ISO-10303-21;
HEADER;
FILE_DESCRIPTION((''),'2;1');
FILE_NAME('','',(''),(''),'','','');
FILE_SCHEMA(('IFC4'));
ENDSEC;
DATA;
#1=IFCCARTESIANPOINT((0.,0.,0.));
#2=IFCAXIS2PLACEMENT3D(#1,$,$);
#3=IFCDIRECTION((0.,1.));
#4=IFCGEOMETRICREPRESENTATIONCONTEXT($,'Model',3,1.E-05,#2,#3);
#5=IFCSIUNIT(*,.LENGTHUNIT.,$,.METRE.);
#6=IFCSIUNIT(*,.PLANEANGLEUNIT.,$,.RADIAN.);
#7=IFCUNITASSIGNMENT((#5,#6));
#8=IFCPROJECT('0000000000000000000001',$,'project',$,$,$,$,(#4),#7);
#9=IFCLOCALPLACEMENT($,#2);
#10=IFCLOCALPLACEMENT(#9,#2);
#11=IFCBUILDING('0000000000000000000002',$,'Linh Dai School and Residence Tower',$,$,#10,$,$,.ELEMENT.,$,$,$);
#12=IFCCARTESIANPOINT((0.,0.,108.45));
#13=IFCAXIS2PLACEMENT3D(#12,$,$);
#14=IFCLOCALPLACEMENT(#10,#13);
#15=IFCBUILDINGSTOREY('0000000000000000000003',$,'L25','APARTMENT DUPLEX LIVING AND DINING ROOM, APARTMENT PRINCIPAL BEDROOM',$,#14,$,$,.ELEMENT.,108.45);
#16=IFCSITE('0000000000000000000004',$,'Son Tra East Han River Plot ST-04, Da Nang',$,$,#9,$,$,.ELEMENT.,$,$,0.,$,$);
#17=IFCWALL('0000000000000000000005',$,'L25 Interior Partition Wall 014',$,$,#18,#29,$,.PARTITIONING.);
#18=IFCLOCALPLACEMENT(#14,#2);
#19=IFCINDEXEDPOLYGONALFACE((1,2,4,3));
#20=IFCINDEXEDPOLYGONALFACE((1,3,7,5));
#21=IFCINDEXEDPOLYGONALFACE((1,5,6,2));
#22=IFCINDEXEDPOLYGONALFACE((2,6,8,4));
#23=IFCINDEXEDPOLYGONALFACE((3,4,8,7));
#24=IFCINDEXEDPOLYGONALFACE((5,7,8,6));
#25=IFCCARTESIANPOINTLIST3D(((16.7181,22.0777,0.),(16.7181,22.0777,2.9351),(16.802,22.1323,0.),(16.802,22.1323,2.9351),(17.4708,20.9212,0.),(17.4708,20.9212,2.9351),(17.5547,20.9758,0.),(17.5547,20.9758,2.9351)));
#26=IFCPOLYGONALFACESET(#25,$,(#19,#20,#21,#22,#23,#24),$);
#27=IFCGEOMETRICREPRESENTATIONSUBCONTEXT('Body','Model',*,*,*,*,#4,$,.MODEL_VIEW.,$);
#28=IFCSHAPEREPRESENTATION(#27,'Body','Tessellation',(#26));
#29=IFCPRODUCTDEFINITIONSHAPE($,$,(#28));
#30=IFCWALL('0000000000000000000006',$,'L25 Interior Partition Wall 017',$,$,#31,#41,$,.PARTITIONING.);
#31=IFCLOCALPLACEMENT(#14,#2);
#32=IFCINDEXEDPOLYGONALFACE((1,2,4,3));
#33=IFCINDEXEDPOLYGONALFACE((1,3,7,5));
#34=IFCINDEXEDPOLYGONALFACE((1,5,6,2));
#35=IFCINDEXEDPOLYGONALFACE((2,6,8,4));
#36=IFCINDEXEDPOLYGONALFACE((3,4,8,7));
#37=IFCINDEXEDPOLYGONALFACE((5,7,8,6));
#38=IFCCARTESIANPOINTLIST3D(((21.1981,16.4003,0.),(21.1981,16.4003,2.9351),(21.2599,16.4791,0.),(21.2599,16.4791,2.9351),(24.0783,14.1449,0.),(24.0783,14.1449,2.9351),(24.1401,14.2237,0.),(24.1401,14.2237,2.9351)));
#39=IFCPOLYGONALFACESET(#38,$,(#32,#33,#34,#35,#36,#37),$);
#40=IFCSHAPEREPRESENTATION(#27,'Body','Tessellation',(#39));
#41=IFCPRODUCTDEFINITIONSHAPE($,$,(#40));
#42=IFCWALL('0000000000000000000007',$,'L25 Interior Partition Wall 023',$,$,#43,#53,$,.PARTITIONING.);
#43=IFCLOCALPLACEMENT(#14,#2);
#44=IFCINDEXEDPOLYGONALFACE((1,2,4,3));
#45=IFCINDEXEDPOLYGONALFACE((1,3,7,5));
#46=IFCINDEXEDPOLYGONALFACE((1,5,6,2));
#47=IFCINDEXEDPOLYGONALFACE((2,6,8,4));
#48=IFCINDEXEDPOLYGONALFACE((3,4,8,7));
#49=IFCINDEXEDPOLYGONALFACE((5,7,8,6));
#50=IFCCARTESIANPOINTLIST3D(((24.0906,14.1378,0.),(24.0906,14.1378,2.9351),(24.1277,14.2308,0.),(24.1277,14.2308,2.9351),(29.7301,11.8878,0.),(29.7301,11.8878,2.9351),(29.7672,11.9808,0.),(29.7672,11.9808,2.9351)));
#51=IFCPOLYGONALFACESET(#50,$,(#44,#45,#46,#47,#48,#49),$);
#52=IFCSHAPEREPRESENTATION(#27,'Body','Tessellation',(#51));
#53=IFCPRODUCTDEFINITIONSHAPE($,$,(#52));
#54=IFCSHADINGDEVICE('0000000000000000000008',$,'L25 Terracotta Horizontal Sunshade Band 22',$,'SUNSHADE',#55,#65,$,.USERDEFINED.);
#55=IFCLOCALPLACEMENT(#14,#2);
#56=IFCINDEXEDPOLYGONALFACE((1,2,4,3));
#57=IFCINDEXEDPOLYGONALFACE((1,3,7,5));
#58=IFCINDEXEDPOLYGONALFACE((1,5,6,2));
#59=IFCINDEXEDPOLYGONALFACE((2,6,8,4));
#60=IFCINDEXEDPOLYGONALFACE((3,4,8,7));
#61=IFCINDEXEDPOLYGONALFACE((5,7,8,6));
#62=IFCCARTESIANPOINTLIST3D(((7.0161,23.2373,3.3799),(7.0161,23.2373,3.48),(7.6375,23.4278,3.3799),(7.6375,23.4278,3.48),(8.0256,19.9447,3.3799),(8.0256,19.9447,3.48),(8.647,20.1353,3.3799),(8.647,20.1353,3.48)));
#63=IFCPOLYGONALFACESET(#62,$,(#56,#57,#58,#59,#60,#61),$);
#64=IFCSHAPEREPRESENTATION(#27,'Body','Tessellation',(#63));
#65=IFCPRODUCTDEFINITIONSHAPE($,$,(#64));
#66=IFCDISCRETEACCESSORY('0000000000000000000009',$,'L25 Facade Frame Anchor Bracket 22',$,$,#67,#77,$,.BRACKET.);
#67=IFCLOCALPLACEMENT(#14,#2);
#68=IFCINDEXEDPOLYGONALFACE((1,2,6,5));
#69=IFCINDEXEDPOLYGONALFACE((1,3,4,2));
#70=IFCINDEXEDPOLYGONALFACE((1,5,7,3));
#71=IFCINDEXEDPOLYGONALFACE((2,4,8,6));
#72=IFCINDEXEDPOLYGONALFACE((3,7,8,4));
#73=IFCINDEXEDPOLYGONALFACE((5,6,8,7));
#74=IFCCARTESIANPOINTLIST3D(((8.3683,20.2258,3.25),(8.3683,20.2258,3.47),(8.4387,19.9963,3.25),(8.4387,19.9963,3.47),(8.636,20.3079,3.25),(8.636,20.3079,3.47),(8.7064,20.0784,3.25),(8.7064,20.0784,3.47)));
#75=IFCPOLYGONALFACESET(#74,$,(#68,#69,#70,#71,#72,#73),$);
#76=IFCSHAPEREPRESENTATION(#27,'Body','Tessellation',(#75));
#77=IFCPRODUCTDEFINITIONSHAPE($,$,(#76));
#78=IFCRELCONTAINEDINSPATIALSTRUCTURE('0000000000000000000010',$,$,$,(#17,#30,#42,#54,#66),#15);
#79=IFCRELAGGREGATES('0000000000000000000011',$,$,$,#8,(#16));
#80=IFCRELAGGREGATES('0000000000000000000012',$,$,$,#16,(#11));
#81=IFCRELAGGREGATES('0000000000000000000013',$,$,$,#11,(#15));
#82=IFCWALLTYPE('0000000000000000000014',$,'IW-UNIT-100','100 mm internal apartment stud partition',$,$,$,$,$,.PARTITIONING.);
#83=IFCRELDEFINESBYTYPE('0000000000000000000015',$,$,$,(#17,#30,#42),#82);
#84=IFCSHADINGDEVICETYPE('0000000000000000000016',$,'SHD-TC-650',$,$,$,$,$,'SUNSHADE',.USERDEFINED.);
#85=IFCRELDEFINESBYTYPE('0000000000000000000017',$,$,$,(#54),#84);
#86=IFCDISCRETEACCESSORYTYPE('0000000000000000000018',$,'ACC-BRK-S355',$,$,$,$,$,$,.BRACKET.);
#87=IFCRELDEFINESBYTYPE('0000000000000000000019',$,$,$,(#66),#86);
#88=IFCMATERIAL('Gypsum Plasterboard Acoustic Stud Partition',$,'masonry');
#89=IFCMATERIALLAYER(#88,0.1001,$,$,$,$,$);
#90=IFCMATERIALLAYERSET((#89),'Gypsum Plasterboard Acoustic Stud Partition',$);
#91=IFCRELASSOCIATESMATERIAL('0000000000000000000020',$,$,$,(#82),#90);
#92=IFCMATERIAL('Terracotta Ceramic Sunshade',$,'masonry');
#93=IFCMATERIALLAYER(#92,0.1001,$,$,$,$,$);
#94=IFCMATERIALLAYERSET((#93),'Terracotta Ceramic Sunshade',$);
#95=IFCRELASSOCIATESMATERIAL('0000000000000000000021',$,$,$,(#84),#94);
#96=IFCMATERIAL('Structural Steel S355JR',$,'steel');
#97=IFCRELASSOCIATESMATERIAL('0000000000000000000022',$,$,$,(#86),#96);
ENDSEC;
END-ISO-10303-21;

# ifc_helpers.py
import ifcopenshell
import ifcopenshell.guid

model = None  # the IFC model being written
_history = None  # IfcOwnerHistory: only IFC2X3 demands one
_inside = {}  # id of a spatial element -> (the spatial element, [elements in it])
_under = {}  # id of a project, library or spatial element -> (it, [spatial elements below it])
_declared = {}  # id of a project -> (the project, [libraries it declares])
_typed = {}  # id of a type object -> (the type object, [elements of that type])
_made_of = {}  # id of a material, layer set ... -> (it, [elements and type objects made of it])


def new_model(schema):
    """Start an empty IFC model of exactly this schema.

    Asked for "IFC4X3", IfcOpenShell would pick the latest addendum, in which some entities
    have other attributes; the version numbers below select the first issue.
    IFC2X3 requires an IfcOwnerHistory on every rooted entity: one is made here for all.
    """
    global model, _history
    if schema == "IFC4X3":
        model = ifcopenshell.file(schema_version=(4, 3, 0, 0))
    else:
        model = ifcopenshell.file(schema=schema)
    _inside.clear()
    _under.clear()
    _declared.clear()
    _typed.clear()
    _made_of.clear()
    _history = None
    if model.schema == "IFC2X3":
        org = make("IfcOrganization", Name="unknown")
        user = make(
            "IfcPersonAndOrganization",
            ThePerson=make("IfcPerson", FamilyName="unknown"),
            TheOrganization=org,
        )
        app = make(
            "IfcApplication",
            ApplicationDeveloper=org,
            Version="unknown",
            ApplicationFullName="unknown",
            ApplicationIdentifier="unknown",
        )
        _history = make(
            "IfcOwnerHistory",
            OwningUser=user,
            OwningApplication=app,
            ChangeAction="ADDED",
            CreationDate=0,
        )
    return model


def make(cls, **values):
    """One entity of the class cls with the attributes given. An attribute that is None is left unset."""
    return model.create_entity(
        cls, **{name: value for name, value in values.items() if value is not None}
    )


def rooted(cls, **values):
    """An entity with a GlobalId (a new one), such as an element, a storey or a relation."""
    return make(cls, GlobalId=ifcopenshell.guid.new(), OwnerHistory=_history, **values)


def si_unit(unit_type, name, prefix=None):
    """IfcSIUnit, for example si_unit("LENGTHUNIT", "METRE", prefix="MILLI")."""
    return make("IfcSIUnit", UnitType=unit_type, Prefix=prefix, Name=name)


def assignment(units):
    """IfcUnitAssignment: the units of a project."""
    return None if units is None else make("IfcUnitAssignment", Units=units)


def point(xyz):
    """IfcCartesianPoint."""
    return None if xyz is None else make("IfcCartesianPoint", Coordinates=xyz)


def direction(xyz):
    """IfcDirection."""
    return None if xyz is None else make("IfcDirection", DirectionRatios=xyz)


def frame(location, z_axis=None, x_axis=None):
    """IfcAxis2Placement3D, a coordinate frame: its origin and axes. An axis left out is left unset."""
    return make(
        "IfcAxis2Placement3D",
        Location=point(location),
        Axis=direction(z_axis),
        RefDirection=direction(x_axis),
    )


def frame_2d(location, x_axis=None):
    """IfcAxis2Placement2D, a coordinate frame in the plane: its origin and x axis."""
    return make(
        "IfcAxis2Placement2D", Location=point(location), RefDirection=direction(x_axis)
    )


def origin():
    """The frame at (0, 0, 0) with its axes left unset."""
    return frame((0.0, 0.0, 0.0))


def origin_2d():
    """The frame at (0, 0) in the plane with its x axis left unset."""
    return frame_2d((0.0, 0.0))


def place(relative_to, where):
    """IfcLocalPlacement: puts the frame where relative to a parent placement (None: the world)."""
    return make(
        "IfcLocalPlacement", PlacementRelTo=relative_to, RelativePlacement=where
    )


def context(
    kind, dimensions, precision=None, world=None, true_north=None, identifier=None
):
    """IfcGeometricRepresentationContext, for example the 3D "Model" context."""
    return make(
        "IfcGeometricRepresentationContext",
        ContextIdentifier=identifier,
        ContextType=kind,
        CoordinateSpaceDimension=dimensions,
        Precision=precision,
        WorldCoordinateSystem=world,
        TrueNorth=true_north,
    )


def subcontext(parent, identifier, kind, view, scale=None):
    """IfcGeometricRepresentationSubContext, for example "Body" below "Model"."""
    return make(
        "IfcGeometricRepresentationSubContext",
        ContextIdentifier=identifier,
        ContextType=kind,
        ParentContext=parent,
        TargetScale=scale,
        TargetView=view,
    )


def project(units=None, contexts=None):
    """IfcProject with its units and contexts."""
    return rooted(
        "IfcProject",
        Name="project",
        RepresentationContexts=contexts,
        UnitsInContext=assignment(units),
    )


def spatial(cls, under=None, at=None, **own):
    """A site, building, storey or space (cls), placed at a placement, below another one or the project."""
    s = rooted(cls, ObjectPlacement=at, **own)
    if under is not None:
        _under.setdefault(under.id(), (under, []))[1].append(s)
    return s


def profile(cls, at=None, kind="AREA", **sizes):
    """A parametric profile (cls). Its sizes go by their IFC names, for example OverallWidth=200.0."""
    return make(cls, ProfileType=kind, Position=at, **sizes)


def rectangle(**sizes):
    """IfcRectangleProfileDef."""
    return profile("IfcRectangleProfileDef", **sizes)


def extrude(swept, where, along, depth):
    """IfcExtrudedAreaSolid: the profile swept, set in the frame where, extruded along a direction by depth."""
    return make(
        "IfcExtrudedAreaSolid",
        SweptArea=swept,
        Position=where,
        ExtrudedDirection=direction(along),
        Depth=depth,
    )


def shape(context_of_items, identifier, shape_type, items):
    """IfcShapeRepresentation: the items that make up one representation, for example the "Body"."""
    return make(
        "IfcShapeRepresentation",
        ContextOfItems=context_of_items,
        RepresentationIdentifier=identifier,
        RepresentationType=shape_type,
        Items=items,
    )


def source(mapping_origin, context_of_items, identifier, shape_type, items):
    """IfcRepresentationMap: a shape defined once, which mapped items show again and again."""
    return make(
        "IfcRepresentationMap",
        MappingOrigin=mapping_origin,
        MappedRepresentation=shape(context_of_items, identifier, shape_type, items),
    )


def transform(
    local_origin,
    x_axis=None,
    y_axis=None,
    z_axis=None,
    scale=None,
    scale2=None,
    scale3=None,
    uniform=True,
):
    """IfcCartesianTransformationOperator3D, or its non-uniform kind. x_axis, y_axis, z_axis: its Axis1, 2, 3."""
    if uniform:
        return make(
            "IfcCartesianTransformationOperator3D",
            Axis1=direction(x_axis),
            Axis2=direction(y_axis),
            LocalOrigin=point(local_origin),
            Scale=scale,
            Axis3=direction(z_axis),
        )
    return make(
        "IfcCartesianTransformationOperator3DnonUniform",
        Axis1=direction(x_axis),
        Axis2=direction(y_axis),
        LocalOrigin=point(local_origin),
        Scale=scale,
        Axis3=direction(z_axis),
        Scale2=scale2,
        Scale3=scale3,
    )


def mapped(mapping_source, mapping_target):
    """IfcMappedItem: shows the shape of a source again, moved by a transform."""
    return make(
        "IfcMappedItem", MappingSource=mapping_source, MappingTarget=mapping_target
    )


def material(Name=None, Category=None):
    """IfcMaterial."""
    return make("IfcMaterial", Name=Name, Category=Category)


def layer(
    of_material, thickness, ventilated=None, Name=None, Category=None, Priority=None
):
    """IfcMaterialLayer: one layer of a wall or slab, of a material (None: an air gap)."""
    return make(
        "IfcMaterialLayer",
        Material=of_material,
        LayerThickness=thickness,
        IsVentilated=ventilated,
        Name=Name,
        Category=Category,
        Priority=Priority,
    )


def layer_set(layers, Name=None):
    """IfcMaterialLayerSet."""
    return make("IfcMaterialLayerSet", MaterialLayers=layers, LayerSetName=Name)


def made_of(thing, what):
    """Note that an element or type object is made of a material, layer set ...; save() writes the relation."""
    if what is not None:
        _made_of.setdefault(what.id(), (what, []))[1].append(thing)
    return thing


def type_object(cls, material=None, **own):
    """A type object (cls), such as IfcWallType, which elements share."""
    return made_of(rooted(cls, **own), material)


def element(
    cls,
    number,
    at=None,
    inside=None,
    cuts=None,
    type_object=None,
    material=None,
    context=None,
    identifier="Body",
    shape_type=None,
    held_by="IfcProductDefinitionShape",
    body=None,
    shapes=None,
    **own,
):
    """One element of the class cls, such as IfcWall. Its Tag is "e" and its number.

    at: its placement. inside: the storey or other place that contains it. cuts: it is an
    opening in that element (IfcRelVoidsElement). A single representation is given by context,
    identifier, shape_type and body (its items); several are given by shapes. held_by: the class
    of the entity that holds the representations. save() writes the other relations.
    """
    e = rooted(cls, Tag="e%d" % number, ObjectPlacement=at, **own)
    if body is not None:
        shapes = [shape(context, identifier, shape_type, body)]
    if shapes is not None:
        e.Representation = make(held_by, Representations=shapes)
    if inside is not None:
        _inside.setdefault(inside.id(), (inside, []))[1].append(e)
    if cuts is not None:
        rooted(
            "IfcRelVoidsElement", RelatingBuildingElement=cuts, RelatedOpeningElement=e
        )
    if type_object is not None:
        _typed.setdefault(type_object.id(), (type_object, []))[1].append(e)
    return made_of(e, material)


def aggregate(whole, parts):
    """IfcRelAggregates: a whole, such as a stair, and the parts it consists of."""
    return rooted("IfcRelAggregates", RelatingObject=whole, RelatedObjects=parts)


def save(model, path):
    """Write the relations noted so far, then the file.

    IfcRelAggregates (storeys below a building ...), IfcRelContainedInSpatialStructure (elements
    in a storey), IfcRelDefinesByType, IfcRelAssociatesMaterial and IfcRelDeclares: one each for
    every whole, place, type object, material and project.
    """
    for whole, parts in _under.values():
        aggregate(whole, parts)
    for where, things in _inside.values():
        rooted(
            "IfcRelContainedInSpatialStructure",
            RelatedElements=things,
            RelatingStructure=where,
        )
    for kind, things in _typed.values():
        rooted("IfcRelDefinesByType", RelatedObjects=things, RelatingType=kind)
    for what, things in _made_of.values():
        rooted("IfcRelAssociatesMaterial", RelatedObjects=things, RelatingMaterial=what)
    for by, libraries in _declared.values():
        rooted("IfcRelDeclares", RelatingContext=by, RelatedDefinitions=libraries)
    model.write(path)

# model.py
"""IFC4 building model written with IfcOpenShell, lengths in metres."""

from ifc_helpers import new_model, si_unit, direction, frame, frame_2d, origin, origin_2d, place, context, subcontext, project, spatial, rectangle, extrude, source, transform, mapped, material, layer, layer_set, type_object, element, save


model = new_model("IFC4")

# Units and contexts
model_context = context("Model", 3, precision=1e-05, world=origin(), true_north=direction((0.0, 1.0)))
body_context = subcontext(model_context, "Body", "Model", "MODEL_VIEW")
ifc_project = project(units=[si_unit("LENGTHUNIT", "METRE"), si_unit("PLANEANGLEUNIT", "RADIAN")], contexts=[model_context])

# Site, building, storey
site_placement = place(None, origin())
site = spatial("IfcSite", under=ifc_project, at=site_placement, Name="Son Tra East Han River Plot ST-04, Da Nang", CompositionType="ELEMENT", RefElevation=0.0)
building_placement = place(site_placement, origin())
building = spatial("IfcBuilding", under=site, at=building_placement, Name="Linh Dai School and Residence Tower", CompositionType="ELEMENT")
storey_placement = place(building_placement, frame((0.0, 0.0, 108.45)))
storey = spatial("IfcBuildingStorey", under=building, at=storey_placement, Name="L25", Description="APARTMENT DUPLEX LIVING AND DINING ROOM, APARTMENT PRINCIPAL BEDROOM", CompositionType="ELEMENT", Elevation=108.45)

# Shared definitions
ifc_material_1 = material(Name="Structural Steel S355JR", Category="steel")

# Shared definitions
ifc_material_2 = material(Name="Gypsum Plasterboard Acoustic Stud Partition", Category="masonry")
ifc_layer_1 = layer(ifc_material_2, 0.1001)
ifc_layer_set_1 = layer_set([ifc_layer_1], Name="Gypsum Plasterboard Acoustic Stud Partition")
wall_type_1 = type_object("IfcWallType", Name="IW-UNIT-100", Description="100 mm internal apartment stud partition", PredefinedType="PARTITIONING", material=ifc_layer_set_1)

# Walls
wall_1_placement = place(storey_placement, frame((16.76, 22.105, 0.0), z_axis=(0.0, 0.0, 1.0), x_axis=(0.54548, -0.838124, 0.0)))
element("IfcWall", 1, at=wall_1_placement, inside=storey, type_object=wall_type_1, Name="L25 Interior Partition Wall 014", PredefinedType="PARTITIONING", context=body_context, shape_type="SweptSolid", body=[
    extrude(rectangle(XDim=1.3799, YDim=0.1001, at=frame_2d((0.6899, 0.0))), origin(), (0.0, 0.0, 1.0), 2.9351),
])
wall_2_placement = place(storey_placement, frame((21.229, 16.4397, 0.0), z_axis=(0.0, 0.0, 1.0), x_axis=(0.787325, -0.616539, 0.0)))
element("IfcWall", 2, at=wall_2_placement, inside=storey, type_object=wall_type_1, Name="L25 Interior Partition Wall 017", PredefinedType="PARTITIONING", context=body_context, shape_type="SweptSolid", body=[
    extrude(rectangle(XDim=3.6582, YDim=0.1001, at=frame_2d((1.8291, 0.0))), origin(), (0.0, 0.0, 1.0), 2.9351),
])
wall_3_placement = place(storey_placement, frame((24.1091, 14.1843, 0.0), z_axis=(0.0, 0.0, 1.0), x_axis=(0.928804, -0.370572, 0.0)))
element("IfcWall", 3, at=wall_3_placement, inside=storey, type_object=wall_type_1, Name="L25 Interior Partition Wall 023", PredefinedType="PARTITIONING", context=body_context, shape_type="SweptSolid", body=[
    extrude(rectangle(XDim=6.0718, YDim=0.1001, at=frame_2d((3.0359, 0.0))), origin(), (0.0, 0.0, 1.0), 2.9351),
])

# Shading device
ifc_material_3 = material(Name="Terracotta Ceramic Sunshade", Category="masonry")
ifc_layer_2 = layer(ifc_material_3, 0.1001)
ifc_layer_set_2 = layer_set([ifc_layer_2], Name="Terracotta Ceramic Sunshade")
shading_device_type = type_object("IfcShadingDeviceType", Name="SHD-TC-650", ElementType="SUNSHADE", PredefinedType="USERDEFINED", material=ifc_layer_set_2)
shared_shape_1 = source(origin(), body_context, "Body", "SweptSolid", [
    extrude(rectangle(XDim=3.4438, YDim=0.6499, at=origin_2d()), origin(), (0.0, 0.0, 1.0), 0.1001),
])
shading_device_placement = place(storey_placement, frame((7.8315, 21.6863, 3.3799), z_axis=(0.0, 0.0, 1.0), x_axis=(-0.293134, 0.956072, 0.0)))
element("IfcShadingDevice", 4, at=shading_device_placement, inside=storey, type_object=shading_device_type, Name="L25 Terracotta Horizontal Sunshade Band 22", ObjectType="SUNSHADE", PredefinedType="USERDEFINED", context=body_context, shape_type="MappedRepresentation", body=[
    mapped(shared_shape_1, transform((0.0, 0.0, 0.0), x_axis=(1.0, 0.0, 0.0), y_axis=(0.0, 1.0, 0.0), z_axis=(0.0, 0.0, 1.0), scale=1.0)),
])

# Discrete accessory
discrete_accessory_type = type_object("IfcDiscreteAccessoryType", Name="ACC-BRK-S355", PredefinedType="BRACKET", material=ifc_material_1)
shared_shape_2 = source(origin(), body_context, "Body", "SweptSolid", [
    extrude(rectangle(XDim=0.28, YDim=0.24, at=origin_2d()), origin(), (0.0, 0.0, 1.0), 0.22),
])
discrete_accessory_placement = place(storey_placement, frame((8.5374, 20.1521, 3.25), z_axis=(0.0, 0.0, 1.0), x_axis=(-0.956072, -0.293134, 0.0)))
element("IfcDiscreteAccessory", 5, at=discrete_accessory_placement, inside=storey, type_object=discrete_accessory_type, Name="L25 Facade Frame Anchor Bracket 22", PredefinedType="BRACKET", context=body_context, shape_type="MappedRepresentation", body=[
    mapped(shared_shape_2, transform((0.0, 0.0, 0.0), x_axis=(1.0, 0.0, 0.0), y_axis=(0.0, 1.0, 0.0), z_axis=(0.0, 0.0, 1.0), scale=1.0)),
])

save(model, "model.ifc")
